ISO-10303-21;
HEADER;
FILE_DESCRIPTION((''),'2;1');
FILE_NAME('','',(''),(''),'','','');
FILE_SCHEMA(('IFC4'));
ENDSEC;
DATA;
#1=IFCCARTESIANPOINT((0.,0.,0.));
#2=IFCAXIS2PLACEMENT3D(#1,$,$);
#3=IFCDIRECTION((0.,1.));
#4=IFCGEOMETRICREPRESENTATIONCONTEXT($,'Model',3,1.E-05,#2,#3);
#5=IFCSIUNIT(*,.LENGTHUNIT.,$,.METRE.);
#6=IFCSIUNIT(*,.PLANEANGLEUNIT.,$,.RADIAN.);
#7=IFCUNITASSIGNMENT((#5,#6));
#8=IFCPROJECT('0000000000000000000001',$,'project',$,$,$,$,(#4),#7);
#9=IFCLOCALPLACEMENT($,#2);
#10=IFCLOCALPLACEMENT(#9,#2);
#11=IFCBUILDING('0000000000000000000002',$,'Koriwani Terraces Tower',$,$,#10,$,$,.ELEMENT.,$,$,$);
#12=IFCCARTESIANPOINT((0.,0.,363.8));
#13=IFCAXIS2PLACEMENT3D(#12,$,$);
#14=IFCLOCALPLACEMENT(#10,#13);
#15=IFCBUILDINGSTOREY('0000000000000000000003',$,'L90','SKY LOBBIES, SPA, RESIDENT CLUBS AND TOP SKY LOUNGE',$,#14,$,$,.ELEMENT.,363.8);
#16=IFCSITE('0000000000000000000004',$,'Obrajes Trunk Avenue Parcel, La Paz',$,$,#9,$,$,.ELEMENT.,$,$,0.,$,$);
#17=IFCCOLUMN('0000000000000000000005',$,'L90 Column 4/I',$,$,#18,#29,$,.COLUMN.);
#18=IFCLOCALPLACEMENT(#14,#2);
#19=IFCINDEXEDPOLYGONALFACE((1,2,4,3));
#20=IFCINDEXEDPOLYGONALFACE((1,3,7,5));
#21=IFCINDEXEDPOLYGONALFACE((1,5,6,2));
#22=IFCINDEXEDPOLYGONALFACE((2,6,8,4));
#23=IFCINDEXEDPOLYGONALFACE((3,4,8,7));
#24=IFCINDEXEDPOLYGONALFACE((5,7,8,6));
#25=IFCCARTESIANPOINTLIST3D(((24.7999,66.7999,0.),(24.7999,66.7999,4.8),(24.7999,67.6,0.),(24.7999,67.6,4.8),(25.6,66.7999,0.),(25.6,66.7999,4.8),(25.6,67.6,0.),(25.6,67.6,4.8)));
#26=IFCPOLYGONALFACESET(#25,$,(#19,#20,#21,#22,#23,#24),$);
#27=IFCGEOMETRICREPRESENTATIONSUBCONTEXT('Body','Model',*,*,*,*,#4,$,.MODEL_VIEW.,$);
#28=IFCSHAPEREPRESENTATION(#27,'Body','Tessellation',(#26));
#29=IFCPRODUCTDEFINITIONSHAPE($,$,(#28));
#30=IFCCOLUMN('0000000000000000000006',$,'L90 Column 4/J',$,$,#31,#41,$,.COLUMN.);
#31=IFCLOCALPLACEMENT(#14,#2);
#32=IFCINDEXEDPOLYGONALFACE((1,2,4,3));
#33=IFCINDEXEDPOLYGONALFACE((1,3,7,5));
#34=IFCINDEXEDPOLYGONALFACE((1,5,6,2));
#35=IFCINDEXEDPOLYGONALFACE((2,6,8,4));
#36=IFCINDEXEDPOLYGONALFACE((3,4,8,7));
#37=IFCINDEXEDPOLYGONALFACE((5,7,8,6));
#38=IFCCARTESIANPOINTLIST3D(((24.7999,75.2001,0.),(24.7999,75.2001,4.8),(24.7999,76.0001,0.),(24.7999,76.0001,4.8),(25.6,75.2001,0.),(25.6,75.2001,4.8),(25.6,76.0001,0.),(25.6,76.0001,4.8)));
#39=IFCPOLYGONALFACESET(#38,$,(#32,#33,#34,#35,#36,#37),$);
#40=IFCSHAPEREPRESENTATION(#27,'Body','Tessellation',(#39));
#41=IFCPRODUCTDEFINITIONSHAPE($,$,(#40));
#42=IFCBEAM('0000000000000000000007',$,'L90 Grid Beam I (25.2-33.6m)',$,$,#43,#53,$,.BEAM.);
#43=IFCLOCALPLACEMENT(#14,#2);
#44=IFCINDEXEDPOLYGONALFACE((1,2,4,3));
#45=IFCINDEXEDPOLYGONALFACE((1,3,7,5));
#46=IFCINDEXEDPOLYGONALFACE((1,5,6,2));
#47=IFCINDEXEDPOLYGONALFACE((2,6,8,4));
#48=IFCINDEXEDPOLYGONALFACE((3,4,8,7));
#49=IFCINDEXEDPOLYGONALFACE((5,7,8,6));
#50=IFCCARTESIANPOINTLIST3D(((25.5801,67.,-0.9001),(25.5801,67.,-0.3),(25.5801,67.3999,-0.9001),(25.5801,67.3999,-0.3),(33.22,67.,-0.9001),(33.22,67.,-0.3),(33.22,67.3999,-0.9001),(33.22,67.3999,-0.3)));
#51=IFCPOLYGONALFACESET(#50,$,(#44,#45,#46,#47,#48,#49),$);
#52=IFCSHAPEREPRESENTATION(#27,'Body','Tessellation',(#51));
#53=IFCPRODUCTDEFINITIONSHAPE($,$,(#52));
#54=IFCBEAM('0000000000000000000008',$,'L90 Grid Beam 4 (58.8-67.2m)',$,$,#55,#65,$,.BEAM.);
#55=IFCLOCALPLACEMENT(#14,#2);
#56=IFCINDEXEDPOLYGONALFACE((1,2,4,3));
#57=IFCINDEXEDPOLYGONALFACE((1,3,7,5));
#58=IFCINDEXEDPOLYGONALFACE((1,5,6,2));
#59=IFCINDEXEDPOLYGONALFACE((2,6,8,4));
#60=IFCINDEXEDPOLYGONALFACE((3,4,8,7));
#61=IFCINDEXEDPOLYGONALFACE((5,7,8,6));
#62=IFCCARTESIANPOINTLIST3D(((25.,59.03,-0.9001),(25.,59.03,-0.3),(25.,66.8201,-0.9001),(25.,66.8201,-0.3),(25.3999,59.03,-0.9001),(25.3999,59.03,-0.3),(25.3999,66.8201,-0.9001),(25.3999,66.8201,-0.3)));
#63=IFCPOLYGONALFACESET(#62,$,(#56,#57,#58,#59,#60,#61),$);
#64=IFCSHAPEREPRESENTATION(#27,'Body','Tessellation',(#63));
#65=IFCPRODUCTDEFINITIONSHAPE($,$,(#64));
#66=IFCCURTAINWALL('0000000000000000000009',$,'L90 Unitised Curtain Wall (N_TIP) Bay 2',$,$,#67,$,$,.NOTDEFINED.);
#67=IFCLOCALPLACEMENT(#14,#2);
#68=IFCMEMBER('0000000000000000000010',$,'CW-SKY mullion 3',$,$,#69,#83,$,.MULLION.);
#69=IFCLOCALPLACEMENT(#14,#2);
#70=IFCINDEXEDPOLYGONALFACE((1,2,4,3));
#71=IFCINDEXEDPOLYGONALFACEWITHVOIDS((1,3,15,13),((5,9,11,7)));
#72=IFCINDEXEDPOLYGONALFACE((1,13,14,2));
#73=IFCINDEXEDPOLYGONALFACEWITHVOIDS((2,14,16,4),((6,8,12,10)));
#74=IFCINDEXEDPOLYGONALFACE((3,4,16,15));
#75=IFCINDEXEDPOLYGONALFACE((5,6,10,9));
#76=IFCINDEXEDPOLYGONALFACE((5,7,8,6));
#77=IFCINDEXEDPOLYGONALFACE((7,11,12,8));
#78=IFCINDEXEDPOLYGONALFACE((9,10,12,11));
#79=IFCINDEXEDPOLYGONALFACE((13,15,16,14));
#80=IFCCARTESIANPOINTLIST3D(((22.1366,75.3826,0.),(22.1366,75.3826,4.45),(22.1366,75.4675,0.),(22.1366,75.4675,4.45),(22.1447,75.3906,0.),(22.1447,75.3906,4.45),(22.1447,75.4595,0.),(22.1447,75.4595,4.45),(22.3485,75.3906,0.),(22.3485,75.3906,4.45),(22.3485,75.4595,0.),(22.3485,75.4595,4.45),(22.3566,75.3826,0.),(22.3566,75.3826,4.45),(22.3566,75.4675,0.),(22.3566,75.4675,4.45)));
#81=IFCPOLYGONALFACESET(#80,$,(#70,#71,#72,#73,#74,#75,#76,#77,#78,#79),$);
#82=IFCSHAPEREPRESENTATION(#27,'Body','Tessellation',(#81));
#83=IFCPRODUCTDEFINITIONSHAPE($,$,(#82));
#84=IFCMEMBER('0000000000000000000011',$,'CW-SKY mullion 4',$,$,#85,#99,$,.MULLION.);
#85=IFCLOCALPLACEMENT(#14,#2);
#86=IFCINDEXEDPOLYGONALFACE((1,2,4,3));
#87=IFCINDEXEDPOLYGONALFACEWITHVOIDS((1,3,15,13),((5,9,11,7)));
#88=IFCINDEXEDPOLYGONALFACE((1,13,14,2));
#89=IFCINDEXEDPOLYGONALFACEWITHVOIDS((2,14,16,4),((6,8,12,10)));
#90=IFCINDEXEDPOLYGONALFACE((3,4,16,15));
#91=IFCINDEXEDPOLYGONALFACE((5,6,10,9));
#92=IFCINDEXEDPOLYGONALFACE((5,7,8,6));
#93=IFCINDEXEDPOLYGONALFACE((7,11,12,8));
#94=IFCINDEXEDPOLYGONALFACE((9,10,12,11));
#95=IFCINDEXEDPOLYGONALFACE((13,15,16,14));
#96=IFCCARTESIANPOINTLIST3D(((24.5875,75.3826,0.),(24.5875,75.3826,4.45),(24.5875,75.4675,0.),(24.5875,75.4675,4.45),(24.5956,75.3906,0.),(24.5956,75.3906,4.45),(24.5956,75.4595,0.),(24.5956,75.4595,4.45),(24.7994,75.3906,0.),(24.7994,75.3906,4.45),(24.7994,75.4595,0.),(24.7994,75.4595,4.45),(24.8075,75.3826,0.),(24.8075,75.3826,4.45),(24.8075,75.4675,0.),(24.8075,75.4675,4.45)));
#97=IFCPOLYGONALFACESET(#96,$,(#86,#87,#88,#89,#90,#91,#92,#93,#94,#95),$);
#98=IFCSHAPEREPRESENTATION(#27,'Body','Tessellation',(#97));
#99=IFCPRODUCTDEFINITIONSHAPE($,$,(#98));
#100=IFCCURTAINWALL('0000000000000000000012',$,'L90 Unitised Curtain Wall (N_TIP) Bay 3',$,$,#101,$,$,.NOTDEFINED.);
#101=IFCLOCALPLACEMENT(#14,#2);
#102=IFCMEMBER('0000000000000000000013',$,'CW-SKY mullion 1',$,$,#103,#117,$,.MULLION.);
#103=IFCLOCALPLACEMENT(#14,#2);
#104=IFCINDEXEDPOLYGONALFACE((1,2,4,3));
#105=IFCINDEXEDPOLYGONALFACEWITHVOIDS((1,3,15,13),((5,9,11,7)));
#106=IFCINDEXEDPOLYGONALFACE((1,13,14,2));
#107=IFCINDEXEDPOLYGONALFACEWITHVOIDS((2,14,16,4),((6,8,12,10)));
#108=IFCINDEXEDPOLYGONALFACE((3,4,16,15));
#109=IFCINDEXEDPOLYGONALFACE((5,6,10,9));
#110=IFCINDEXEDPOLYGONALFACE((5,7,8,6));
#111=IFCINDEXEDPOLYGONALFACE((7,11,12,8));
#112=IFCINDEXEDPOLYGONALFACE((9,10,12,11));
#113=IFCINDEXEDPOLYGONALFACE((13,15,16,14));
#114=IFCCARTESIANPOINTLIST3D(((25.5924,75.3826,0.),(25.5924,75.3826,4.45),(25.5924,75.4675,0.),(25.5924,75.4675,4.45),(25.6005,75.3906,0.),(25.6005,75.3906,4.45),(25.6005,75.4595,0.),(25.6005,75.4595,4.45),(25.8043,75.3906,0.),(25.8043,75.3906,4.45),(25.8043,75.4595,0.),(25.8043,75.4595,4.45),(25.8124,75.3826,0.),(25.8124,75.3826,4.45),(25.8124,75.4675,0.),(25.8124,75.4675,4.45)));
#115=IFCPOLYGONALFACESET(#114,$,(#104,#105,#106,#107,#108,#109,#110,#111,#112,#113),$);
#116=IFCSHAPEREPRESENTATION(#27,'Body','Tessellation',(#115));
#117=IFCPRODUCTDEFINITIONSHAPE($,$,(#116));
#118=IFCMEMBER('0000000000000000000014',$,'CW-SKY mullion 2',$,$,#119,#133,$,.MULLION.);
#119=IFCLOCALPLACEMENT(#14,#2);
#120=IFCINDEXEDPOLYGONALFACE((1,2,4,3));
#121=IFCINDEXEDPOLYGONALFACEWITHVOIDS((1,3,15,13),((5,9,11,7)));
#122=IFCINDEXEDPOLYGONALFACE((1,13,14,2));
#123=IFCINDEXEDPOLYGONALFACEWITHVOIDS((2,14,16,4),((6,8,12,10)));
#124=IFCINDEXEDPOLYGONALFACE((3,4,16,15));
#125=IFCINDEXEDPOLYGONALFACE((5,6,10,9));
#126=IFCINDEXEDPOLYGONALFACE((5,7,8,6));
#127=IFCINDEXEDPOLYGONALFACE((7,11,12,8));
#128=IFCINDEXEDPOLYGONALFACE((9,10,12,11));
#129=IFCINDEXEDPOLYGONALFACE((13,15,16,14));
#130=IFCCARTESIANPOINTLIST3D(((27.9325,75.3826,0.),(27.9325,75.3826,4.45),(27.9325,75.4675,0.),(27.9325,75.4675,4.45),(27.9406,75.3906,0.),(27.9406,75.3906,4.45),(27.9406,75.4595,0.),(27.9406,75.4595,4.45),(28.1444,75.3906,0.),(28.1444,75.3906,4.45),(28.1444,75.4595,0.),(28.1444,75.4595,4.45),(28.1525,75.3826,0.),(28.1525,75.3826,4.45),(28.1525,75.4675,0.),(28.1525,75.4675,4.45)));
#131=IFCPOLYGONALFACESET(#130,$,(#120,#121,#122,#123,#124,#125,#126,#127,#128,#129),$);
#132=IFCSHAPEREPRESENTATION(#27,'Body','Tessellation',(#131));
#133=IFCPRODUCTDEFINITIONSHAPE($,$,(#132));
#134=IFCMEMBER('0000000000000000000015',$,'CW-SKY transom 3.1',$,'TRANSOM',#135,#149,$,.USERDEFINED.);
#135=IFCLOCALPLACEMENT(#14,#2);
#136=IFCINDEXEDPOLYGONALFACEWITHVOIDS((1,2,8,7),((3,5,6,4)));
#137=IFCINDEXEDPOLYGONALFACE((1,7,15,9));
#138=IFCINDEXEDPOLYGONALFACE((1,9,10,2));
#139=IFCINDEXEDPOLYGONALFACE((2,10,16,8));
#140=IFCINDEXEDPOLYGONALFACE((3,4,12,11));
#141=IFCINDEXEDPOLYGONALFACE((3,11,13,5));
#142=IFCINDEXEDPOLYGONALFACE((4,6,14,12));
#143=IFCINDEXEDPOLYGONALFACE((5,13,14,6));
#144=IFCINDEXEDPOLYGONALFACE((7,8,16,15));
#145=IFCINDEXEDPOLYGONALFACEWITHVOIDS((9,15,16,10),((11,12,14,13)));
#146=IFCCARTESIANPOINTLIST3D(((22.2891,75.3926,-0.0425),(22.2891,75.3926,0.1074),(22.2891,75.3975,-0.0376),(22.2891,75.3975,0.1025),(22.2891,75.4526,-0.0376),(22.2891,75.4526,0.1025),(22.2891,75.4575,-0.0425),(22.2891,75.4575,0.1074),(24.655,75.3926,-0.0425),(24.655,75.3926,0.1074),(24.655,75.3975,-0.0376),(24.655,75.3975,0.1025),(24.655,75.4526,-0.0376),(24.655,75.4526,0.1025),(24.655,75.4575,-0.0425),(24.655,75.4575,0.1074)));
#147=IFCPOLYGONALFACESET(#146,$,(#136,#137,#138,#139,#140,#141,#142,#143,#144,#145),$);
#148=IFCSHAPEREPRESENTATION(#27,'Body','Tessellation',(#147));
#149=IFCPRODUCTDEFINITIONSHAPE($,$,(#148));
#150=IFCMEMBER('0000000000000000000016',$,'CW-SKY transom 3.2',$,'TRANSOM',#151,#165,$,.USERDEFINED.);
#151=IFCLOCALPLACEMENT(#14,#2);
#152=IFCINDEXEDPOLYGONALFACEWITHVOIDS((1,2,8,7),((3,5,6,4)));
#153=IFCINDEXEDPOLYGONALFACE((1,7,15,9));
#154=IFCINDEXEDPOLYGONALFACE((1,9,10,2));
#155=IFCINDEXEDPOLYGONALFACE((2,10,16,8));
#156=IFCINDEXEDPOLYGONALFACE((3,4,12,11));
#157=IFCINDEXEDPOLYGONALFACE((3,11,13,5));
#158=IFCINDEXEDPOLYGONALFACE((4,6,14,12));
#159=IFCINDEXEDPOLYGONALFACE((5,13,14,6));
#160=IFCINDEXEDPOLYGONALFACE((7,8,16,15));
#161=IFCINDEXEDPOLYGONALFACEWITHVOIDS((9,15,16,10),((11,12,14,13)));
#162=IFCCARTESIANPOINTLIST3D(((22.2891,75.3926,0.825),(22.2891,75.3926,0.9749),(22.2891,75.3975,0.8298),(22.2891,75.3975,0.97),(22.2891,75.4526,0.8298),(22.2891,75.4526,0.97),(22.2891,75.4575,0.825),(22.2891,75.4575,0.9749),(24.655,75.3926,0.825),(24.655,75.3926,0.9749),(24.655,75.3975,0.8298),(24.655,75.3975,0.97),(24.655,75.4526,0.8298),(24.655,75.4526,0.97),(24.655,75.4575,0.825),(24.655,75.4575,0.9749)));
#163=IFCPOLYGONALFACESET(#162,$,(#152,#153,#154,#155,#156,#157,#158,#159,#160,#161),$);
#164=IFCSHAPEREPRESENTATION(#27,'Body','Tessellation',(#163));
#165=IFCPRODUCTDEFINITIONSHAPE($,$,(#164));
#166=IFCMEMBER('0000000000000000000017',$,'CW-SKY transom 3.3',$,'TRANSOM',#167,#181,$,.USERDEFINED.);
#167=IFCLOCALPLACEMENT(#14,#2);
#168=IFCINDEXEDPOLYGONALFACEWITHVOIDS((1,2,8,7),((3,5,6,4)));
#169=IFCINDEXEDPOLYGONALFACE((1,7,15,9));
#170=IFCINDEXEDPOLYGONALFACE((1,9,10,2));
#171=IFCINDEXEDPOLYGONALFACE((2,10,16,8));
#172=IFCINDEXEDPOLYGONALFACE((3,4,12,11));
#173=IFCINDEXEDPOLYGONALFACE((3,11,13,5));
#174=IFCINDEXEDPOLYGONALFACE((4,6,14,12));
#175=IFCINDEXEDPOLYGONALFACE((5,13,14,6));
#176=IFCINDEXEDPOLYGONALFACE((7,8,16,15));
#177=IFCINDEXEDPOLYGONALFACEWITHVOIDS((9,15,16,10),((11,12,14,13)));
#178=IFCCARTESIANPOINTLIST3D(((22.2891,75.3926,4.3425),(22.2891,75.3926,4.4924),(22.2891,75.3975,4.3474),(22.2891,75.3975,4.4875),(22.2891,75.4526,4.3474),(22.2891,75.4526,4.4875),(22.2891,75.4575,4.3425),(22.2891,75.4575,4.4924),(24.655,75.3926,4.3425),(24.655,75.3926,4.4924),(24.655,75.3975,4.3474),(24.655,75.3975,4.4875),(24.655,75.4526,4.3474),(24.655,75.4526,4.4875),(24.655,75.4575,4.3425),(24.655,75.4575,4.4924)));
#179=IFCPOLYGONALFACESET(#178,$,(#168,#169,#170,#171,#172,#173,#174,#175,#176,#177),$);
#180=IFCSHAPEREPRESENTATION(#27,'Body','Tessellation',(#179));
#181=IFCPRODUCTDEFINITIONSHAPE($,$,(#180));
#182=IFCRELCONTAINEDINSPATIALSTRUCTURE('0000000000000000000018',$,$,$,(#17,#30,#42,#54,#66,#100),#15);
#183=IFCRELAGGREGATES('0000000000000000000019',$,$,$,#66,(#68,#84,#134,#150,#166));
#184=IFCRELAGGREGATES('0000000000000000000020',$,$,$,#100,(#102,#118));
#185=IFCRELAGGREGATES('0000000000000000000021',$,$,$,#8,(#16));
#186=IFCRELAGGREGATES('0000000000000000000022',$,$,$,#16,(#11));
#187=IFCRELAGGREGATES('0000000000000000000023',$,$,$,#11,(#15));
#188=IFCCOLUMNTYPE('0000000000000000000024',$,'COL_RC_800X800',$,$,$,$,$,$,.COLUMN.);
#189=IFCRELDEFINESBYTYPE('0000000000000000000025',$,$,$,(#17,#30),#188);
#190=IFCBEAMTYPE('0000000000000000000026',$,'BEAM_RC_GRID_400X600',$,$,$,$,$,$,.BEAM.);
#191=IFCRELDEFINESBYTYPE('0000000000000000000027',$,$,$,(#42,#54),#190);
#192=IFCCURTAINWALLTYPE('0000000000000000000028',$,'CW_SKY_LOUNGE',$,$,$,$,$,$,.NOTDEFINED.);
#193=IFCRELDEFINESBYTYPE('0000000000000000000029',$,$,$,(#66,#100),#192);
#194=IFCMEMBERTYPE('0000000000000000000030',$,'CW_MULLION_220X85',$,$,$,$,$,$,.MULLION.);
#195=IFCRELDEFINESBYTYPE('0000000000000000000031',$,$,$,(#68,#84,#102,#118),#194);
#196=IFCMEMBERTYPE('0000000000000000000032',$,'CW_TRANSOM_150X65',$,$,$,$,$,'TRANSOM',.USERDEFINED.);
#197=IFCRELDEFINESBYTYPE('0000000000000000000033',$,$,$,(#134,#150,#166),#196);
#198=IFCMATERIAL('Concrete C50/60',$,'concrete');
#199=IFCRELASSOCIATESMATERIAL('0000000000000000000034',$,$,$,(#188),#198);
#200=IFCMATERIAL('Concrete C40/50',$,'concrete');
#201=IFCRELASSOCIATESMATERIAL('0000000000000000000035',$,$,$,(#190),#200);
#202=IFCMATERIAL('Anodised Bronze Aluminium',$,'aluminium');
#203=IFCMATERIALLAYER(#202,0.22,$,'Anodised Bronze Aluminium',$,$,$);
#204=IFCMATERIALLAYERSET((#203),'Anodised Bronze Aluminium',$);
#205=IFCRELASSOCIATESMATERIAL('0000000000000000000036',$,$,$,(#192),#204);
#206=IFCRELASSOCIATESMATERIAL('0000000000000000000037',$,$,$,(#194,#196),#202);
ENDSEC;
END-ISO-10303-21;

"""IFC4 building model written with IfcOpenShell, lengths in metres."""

from ifc_helpers import new_model, si_unit, direction, frame, origin, origin_2d, place, context, subcontext, project, spatial, rectangle, hollow_rectangle, extrude, material, layer, layer_set, material_profile, profile_set, type_object, element, aggregate, save


model = new_model("IFC4")

# Units and contexts
model_context = context("Model", 3, precision=1e-05, world=origin(), true_north=direction((0.0, 1.0)))
body_context = subcontext(model_context, "Body", "Model", "MODEL_VIEW")
ifc_project = project(units=[si_unit("LENGTHUNIT", "METRE"), si_unit("PLANEANGLEUNIT", "RADIAN")], contexts=[model_context])

# Site, building, storey
site_placement = place(None, origin())
site = spatial("IfcSite", under=ifc_project, at=site_placement, Name="Obrajes Trunk Avenue Parcel, La Paz", CompositionType="ELEMENT", RefElevation=0.0)
building_placement = place(site_placement, origin())
building = spatial("IfcBuilding", under=site, at=building_placement, Name="Koriwani Terraces Tower", CompositionType="ELEMENT")
storey_placement = place(building_placement, frame((0.0, 0.0, 363.8)))
storey = spatial("IfcBuildingStorey", under=building, at=storey_placement, Name="L90", Description="SKY LOBBIES, SPA, RESIDENT CLUBS AND TOP SKY LOUNGE", CompositionType="ELEMENT", Elevation=363.8)

# Columns
ifc_material_1 = material(Name="Concrete C50/60", Category="concrete")
ifc_material_profile_1 = material_profile(ifc_material_1, rectangle(XDim=0.8, YDim=0.8, at=origin_2d()), Name="Concrete C50/60", Category="LoadBearing")
ifc_profile_set_1 = profile_set([ifc_material_profile_1], Name="Concrete C50/60")
column_type = type_object("IfcColumnType", Name="COL_RC_800X800", PredefinedType="COLUMN", material=ifc_profile_set_1)
for number, where, z_axis, x_axis, name in (
    (1, (25.2, 67.2, 0.0), (0.0, 0.0, 1.0), (1.0, 0.0, 0.0), "L90 Column 4/I"),
    (2, (25.2, 75.6001, 0.0), (0.0, 0.0, 1.0), (1.0, 0.0, 0.0), "L90 Column 4/J"),
):
    element("IfcColumn", number, at=place(storey_placement, frame(where, z_axis=z_axis, x_axis=x_axis)), inside=storey, type_object=column_type, Name=name, PredefinedType="COLUMN", context=body_context, shape_type="SweptSolid", body=[
        extrude(rectangle(XDim=0.8, YDim=0.8, at=origin_2d()), origin(), (0.0, 0.0, 1.0), 4.8),
    ])

# Beams
ifc_material_2 = material(Name="Concrete C40/50", Category="concrete")
ifc_material_profile_2 = material_profile(ifc_material_2, rectangle(XDim=0.3999, YDim=0.6001, at=origin_2d()), Name="Concrete C40/50", Category="LoadBearing")
ifc_profile_set_2 = profile_set([ifc_material_profile_2], Name="Concrete C40/50")
beam_type_1 = type_object("IfcBeamType", Name="BEAM_RC_GRID_400X600", PredefinedType="BEAM", material=ifc_profile_set_2)
beam_1_placement = place(storey_placement, frame((25.5801, 67.2, -0.6001), z_axis=(1.0, 0.0, 0.0), x_axis=(0.0, 1.0, 0.0)))
element("IfcBeam", 3, at=beam_1_placement, inside=storey, type_object=beam_type_1, Name="L90 Grid Beam I (25.2-33.6m)", PredefinedType="BEAM", context=body_context, shape_type="SweptSolid", body=[
    extrude(rectangle(XDim=0.3999, YDim=0.6001, at=origin_2d()), origin(), (0.0, 0.0, 1.0), 7.6399),
])
beam_2_placement = place(storey_placement, frame((25.2, 59.03, -0.6001), z_axis=(0.0, 1.0, 0.0), x_axis=(-1.0, 0.0, 0.0)))
element("IfcBeam", 4, at=beam_2_placement, inside=storey, type_object=beam_type_1, Name="L90 Grid Beam 4 (58.8-67.2m)", PredefinedType="BEAM", context=body_context, shape_type="SweptSolid", body=[
    extrude(rectangle(XDim=0.3999, YDim=0.6001, at=origin_2d()), origin(), (0.0, 0.0, 1.0), 7.79),
])

# Curtain walls, members
ifc_material_3 = material(Name="Anodised Bronze Aluminium", Category="aluminium")
ifc_layer_1 = layer(ifc_material_3, 0.22, Name="Anodised Bronze Aluminium")
ifc_layer_set_1 = layer_set([ifc_layer_1], Name="Anodised Bronze Aluminium")
curtain_wall_type = type_object("IfcCurtainWallType", Name="CW_SKY_LOUNGE", PredefinedType="NOTDEFINED", material=ifc_layer_set_1)
curtain_wall_1_placement = place(storey_placement, origin())
curtain_wall_1 = element("IfcCurtainWall", 5, at=curtain_wall_1_placement, inside=storey, type_object=curtain_wall_type, Name="L90 Unitised Curtain Wall (N_TIP) Bay 2", PredefinedType="NOTDEFINED")
ifc_material_profile_3 = material_profile(ifc_material_3, hollow_rectangle(XDim=0.085, YDim=0.22, WallThickness=0.0081, at=origin_2d()), Name="Anodised Bronze Aluminium", Category="LoadBearing")
ifc_profile_set_3 = profile_set([ifc_material_profile_3], Name="Anodised Bronze Aluminium")
member_type_1 = type_object("IfcMemberType", Name="CW_MULLION_220X85", PredefinedType="MULLION", material=ifc_profile_set_3)
member_1_placement = place(storey_placement, frame((22.2466, 75.425, 0.0), z_axis=(0.0, 0.0, 1.0), x_axis=(0.0, 1.0, 0.0)))
member_1 = element("IfcMember", 6, at=member_1_placement, type_object=member_type_1, Name="CW-SKY mullion 3", PredefinedType="MULLION", context=body_context, shape_type="SweptSolid", body=[
    extrude(hollow_rectangle(XDim=0.085, YDim=0.22, WallThickness=0.0081, at=origin_2d()), origin(), (0.0, 0.0, 1.0), 4.45),
])
member_2_placement = place(storey_placement, frame((24.6975, 75.425, 0.0), z_axis=(0.0, 0.0, 1.0), x_axis=(0.0, 1.0, 0.0)))
member_2 = element("IfcMember", 7, at=member_2_placement, type_object=member_type_1, Name="CW-SKY mullion 4", PredefinedType="MULLION", context=body_context, shape_type="SweptSolid", body=[
    extrude(hollow_rectangle(XDim=0.085, YDim=0.22, WallThickness=0.0081, at=origin_2d()), origin(), (0.0, 0.0, 1.0), 4.45),
])
curtain_wall_2_placement = place(storey_placement, origin())
curtain_wall_2 = element("IfcCurtainWall", 8, at=curtain_wall_2_placement, inside=storey, type_object=curtain_wall_type, Name="L90 Unitised Curtain Wall (N_TIP) Bay 3", PredefinedType="NOTDEFINED")
member_3_placement = place(storey_placement, frame((25.7024, 75.425, 0.0), z_axis=(0.0, 0.0, 1.0), x_axis=(0.0, 1.0, 0.0)))
member_3 = element("IfcMember", 9, at=member_3_placement, type_object=member_type_1, Name="CW-SKY mullion 1", PredefinedType="MULLION", context=body_context, shape_type="SweptSolid", body=[
    extrude(hollow_rectangle(XDim=0.085, YDim=0.22, WallThickness=0.0081, at=origin_2d()), origin(), (0.0, 0.0, 1.0), 4.45),
])
member_4_placement = place(storey_placement, frame((28.0425, 75.425, 0.0), z_axis=(0.0, 0.0, 1.0), x_axis=(0.0, 1.0, 0.0)))
member_4 = element("IfcMember", 10, at=member_4_placement, type_object=member_type_1, Name="CW-SKY mullion 2", PredefinedType="MULLION", context=body_context, shape_type="SweptSolid", body=[
    extrude(hollow_rectangle(XDim=0.085, YDim=0.22, WallThickness=0.0081, at=origin_2d()), origin(), (0.0, 0.0, 1.0), 4.45),
])

# Members
ifc_material_profile_4 = material_profile(ifc_material_3, hollow_rectangle(XDim=0.0649, YDim=0.1499, WallThickness=0.0049, at=origin_2d()), Name="Anodised Bronze Aluminium", Category="LoadBearing")
ifc_profile_set_4 = profile_set([ifc_material_profile_4], Name="Anodised Bronze Aluminium")
member_type_2 = type_object("IfcMemberType", Name="CW_TRANSOM_150X65", ElementType="TRANSOM", PredefinedType="USERDEFINED", material=ifc_profile_set_4)
member_5_placement = place(storey_placement, frame((22.2891, 75.425, 0.0325), z_axis=(1.0, 0.0, 0.0), x_axis=(0.0, 1.0, 0.0)))
member_5 = element("IfcMember", 11, at=member_5_placement, type_object=member_type_2, Name="CW-SKY transom 3.1", ObjectType="TRANSOM", PredefinedType="USERDEFINED", context=body_context, shape_type="SweptSolid", body=[
    extrude(hollow_rectangle(XDim=0.0649, YDim=0.1499, WallThickness=0.0049, at=origin_2d()), origin(), (0.0, 0.0, 1.0), 2.366),
])
member_6_placement = place(storey_placement, frame((22.2891, 75.425, 0.8999), z_axis=(1.0, 0.0, 0.0), x_axis=(0.0, 1.0, 0.0)))
member_6 = element("IfcMember", 12, at=member_6_placement, type_object=member_type_2, Name="CW-SKY transom 3.2", ObjectType="TRANSOM", PredefinedType="USERDEFINED", context=body_context, shape_type="SweptSolid", body=[
    extrude(hollow_rectangle(XDim=0.0649, YDim=0.1499, WallThickness=0.0049, at=origin_2d()), origin(), (0.0, 0.0, 1.0), 2.366),
])
member_7_placement = place(storey_placement, frame((22.2891, 75.425, 4.4175), z_axis=(1.0, 0.0, 0.0), x_axis=(0.0, 1.0, 0.0)))
member_7 = element("IfcMember", 13, at=member_7_placement, type_object=member_type_2, Name="CW-SKY transom 3.3", ObjectType="TRANSOM", PredefinedType="USERDEFINED", context=body_context, shape_type="SweptSolid", body=[
    extrude(hollow_rectangle(XDim=0.0649, YDim=0.1499, WallThickness=0.0049, at=origin_2d()), origin(), (0.0, 0.0, 1.0), 2.366),
])

aggregate(curtain_wall_1, [member_1, member_2, member_5, member_6, member_7])
aggregate(curtain_wall_2, [member_3, member_4])

save(model, "model.ifc")
